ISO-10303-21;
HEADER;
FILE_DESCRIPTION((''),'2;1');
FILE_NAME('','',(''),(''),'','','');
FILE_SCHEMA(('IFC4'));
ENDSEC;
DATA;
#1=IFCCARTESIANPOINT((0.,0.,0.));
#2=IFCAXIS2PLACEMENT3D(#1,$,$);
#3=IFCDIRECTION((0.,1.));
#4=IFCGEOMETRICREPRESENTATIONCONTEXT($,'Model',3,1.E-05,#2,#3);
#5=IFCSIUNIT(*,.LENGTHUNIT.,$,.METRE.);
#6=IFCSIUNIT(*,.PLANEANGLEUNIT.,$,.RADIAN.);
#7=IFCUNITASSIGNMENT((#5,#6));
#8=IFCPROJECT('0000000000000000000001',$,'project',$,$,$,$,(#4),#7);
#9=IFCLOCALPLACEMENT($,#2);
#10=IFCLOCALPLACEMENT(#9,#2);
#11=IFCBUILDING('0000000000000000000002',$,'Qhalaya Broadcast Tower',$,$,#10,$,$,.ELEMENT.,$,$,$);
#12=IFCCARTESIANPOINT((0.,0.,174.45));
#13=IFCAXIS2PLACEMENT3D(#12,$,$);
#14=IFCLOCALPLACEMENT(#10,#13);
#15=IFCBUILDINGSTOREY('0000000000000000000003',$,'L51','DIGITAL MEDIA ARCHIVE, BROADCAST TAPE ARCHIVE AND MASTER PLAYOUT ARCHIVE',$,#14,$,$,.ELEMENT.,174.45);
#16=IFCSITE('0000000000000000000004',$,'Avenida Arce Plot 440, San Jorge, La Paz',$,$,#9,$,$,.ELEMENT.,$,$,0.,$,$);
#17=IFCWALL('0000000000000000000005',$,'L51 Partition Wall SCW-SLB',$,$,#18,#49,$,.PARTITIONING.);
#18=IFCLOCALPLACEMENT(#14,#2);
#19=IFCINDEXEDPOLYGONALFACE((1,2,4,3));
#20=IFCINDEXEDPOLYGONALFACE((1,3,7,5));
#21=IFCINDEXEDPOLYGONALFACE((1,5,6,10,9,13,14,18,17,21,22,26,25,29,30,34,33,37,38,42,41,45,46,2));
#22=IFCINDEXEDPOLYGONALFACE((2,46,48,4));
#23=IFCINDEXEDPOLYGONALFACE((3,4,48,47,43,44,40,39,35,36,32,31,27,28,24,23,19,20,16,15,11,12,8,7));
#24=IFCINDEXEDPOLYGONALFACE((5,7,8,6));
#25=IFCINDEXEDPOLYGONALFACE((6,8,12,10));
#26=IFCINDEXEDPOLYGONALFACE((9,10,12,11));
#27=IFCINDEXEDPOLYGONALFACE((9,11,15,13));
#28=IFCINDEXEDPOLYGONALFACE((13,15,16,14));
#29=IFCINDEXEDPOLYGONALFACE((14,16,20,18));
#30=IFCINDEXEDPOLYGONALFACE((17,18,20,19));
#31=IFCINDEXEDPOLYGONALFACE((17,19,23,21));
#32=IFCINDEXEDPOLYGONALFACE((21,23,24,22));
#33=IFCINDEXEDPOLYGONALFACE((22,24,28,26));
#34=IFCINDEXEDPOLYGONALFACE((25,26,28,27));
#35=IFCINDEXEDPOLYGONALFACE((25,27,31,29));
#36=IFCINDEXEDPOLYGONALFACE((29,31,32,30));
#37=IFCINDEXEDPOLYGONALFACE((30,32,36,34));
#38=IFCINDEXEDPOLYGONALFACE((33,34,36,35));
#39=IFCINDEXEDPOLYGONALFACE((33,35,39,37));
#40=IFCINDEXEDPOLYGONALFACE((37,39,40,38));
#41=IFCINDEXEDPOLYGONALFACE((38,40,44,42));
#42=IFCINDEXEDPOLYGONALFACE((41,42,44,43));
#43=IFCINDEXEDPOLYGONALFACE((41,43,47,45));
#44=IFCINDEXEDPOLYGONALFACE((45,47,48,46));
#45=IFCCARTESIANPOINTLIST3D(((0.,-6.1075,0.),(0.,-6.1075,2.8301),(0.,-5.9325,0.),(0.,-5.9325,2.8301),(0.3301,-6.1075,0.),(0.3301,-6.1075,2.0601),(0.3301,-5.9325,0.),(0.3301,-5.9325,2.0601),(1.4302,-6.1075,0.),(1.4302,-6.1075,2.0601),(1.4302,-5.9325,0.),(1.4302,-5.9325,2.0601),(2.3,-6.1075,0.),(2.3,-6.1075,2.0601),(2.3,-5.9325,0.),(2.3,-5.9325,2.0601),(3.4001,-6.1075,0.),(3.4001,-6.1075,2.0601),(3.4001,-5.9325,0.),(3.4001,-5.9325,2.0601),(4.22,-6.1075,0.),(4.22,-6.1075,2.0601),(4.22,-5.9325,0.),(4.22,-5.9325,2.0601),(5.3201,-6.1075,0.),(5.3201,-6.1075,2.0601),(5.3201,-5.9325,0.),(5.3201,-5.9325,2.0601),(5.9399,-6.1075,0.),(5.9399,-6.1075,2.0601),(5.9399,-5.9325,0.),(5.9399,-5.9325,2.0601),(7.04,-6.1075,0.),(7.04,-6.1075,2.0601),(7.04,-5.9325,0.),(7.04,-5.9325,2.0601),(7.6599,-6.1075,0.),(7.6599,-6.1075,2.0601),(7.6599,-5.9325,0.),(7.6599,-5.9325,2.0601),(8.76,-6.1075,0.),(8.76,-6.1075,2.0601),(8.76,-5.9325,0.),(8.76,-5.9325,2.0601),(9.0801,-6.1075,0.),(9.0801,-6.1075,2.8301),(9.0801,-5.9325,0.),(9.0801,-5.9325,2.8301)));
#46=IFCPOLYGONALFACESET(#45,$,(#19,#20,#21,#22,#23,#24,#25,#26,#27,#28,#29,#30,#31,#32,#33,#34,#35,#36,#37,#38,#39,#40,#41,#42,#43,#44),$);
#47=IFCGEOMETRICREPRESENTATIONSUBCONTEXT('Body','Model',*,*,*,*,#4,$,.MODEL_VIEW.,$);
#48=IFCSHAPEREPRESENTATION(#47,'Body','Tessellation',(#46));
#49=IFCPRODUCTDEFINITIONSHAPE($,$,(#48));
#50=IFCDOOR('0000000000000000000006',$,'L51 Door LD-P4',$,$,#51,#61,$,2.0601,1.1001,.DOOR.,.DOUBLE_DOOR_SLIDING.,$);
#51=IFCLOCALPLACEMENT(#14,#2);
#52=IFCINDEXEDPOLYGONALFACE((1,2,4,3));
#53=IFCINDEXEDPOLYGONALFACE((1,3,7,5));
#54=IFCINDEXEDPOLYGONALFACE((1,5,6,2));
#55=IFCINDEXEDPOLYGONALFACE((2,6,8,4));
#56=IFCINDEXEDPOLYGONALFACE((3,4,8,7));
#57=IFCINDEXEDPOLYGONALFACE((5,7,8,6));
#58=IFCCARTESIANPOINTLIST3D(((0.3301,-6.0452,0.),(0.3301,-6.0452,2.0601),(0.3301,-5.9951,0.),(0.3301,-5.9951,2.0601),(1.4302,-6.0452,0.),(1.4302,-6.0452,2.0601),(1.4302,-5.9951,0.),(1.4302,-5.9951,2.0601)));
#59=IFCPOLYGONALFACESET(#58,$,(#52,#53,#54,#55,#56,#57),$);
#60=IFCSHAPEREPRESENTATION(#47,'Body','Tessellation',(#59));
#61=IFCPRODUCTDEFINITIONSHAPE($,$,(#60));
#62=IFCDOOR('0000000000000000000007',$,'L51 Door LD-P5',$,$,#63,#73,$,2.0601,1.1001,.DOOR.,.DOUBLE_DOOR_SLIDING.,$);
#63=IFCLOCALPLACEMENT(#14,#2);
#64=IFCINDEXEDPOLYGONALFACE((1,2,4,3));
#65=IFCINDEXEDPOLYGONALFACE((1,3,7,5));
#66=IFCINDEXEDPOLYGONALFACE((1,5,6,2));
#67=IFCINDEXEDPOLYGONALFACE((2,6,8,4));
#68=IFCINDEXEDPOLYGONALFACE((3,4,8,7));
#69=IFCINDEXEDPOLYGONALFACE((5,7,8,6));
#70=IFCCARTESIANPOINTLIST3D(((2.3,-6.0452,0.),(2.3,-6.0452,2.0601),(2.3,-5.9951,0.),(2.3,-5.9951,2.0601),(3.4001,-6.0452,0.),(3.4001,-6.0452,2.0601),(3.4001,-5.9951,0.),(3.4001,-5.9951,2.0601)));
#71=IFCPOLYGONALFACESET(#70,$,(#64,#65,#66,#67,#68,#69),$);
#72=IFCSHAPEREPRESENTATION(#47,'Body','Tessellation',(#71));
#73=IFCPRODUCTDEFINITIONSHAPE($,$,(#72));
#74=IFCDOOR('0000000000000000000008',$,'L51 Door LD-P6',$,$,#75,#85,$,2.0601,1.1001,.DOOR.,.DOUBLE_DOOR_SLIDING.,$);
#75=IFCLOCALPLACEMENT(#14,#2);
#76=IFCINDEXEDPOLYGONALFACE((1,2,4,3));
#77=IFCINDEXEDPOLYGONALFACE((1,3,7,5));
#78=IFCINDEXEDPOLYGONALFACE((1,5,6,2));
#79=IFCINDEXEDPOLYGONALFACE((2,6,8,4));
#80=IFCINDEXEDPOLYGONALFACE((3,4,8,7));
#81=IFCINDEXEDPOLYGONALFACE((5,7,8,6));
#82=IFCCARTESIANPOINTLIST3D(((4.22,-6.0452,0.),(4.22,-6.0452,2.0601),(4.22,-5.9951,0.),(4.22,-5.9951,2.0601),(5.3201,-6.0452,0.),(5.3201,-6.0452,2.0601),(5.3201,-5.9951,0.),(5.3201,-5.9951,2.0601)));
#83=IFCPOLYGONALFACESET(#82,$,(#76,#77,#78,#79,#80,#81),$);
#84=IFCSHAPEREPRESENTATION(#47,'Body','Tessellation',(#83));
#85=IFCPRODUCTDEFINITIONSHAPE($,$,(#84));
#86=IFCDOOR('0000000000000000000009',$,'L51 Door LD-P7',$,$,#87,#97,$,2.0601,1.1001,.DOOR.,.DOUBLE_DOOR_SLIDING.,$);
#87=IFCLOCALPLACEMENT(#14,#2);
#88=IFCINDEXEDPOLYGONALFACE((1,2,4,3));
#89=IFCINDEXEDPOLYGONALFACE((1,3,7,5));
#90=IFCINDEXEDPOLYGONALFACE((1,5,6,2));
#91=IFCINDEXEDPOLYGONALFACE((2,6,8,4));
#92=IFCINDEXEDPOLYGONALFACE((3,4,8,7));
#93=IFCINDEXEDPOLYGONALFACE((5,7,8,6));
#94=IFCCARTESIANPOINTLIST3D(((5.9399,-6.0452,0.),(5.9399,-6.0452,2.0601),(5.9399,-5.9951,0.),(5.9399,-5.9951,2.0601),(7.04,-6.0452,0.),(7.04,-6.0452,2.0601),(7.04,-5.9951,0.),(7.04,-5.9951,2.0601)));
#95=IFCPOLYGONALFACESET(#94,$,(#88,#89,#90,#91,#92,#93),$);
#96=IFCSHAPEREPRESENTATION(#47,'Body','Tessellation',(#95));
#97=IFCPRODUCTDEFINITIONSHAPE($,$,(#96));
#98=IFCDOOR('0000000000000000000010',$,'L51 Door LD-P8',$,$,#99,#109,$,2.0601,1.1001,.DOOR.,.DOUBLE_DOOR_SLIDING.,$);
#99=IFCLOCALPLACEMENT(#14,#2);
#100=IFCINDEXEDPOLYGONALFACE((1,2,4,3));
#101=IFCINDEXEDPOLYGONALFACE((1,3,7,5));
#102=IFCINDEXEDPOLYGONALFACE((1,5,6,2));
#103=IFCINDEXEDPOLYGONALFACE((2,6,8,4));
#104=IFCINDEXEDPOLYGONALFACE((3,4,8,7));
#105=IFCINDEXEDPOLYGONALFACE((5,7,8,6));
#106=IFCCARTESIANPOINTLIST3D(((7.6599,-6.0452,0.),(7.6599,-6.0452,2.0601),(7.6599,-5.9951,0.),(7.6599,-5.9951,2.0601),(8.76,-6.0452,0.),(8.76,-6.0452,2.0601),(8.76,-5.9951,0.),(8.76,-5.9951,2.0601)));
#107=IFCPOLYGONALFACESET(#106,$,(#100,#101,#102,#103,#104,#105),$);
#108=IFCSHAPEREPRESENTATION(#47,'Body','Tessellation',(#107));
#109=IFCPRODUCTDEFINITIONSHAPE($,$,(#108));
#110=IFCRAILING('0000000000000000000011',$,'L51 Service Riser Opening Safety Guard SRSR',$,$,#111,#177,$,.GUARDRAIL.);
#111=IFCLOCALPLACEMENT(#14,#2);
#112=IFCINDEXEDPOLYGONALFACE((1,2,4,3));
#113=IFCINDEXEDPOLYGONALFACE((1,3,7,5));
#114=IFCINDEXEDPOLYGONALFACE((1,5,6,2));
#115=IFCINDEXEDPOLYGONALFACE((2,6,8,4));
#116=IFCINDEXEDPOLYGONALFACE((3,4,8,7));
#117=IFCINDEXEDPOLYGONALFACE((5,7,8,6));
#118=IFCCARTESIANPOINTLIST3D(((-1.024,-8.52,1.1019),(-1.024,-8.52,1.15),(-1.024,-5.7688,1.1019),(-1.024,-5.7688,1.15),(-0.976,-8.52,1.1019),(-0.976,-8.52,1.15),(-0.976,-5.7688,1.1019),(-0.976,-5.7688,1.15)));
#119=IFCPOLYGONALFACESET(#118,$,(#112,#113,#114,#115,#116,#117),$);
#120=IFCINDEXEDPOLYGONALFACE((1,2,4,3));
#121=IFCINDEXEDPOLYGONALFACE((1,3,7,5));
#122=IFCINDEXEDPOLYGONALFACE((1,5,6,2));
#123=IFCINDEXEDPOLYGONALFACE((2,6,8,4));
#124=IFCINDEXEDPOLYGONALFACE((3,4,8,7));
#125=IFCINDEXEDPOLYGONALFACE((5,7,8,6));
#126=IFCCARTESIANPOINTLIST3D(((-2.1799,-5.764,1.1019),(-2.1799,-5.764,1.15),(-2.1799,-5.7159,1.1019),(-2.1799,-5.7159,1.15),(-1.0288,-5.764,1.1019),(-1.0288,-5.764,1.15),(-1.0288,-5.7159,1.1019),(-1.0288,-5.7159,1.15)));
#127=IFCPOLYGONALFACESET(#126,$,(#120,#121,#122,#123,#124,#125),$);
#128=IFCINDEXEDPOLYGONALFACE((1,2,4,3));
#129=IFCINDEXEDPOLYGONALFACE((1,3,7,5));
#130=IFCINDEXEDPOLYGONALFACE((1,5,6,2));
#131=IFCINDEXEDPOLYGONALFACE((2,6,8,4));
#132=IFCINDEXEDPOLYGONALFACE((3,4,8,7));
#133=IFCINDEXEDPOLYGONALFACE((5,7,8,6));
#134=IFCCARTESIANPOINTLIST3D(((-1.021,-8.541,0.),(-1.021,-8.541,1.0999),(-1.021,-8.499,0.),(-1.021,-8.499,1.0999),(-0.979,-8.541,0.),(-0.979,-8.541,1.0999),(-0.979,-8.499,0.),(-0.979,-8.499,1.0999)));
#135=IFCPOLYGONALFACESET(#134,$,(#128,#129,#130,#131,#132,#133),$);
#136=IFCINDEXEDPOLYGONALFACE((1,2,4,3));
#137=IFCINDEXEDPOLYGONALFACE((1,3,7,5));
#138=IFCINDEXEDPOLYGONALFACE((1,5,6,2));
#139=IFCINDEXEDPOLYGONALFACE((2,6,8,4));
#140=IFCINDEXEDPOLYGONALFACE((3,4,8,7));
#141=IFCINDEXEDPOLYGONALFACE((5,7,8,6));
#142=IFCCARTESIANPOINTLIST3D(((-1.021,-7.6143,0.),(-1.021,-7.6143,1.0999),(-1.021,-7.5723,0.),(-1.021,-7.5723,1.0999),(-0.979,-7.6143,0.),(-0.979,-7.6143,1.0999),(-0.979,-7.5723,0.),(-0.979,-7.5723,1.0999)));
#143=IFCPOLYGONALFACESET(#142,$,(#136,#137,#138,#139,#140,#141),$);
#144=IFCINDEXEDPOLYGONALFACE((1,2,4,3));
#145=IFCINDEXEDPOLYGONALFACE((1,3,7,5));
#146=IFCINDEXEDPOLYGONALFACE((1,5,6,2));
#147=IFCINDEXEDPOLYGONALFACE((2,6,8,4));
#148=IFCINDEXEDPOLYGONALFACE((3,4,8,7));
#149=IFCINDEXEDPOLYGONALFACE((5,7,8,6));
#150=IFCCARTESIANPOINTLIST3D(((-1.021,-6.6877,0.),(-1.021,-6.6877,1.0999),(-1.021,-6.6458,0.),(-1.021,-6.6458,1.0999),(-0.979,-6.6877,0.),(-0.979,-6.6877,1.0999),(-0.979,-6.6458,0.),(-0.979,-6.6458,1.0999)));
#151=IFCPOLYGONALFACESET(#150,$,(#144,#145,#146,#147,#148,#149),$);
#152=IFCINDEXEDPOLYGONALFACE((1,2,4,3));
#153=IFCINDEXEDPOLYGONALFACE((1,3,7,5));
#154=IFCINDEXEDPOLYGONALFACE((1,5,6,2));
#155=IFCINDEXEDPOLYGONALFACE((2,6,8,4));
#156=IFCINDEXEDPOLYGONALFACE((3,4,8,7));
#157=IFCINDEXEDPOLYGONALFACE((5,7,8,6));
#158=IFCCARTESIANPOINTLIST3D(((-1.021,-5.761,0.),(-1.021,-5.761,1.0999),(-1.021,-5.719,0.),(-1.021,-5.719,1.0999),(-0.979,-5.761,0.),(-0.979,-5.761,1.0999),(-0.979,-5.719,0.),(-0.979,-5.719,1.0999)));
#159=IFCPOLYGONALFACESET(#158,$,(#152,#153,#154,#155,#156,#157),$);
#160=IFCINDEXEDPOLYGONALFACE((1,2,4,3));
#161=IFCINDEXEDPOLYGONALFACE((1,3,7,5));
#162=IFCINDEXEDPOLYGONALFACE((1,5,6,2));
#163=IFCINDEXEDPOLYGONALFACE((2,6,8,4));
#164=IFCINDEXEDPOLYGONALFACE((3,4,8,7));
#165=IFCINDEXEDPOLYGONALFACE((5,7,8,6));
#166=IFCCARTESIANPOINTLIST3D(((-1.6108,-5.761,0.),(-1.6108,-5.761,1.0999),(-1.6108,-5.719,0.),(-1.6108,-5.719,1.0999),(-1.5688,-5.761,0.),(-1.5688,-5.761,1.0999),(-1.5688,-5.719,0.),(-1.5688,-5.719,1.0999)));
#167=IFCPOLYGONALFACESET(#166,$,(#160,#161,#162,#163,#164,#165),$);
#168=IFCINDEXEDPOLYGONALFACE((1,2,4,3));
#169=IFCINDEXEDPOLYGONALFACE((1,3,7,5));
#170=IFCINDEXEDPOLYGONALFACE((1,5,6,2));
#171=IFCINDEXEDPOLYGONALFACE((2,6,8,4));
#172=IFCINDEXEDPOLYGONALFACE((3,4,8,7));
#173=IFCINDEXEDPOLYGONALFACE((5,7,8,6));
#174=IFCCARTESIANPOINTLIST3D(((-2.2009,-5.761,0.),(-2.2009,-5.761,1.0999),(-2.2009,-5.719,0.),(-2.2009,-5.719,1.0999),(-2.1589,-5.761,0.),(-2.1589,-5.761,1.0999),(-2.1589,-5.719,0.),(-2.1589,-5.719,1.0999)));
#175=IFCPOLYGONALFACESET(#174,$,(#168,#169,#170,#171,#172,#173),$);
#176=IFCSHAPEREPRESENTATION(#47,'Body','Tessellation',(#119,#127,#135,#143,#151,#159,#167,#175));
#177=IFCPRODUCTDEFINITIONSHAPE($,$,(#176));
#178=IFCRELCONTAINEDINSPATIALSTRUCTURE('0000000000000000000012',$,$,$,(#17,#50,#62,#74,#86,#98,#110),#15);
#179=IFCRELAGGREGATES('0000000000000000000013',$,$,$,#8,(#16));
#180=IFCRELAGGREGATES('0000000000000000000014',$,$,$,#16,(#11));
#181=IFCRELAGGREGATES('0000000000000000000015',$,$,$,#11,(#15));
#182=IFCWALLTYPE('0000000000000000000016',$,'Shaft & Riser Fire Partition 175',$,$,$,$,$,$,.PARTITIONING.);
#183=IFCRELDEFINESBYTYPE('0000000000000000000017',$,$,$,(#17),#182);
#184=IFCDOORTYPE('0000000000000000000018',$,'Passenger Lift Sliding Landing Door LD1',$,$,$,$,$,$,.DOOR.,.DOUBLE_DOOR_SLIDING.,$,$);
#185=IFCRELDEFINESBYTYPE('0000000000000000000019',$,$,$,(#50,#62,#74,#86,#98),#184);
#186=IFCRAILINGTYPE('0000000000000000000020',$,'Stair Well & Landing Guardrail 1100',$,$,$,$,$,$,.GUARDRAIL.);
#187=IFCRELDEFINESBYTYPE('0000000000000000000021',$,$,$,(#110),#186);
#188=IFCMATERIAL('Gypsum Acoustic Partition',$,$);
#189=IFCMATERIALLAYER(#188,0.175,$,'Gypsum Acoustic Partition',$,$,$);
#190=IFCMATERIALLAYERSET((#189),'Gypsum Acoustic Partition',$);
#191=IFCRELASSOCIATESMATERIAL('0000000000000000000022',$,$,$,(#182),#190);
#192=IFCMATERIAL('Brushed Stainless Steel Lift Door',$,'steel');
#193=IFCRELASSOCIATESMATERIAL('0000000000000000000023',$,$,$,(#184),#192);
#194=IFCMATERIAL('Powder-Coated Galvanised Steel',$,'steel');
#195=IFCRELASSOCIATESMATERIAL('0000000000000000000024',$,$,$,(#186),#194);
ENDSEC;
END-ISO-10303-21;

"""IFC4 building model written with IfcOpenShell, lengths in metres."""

from ifc_helpers import new_model, si_unit, direction, frame, frame_2d, origin, origin_2d, place, context, subcontext, project, spatial, rectangle, extrude, material, layer, layer_set, type_object, element, fill, save


model = new_model("IFC4")

# Units and contexts
model_context = context("Model", 3, precision=1e-05, world=origin(), true_north=direction((0.0, 1.0)))
body_context = subcontext(model_context, "Body", "Model", "MODEL_VIEW")
ifc_project = project(units=[si_unit("LENGTHUNIT", "METRE"), si_unit("PLANEANGLEUNIT", "RADIAN")], contexts=[model_context])

# Site, building, storey
site_placement = place(None, origin())
site = spatial("IfcSite", under=ifc_project, at=site_placement, Name="Avenida Arce Plot 440, San Jorge, La Paz", CompositionType="ELEMENT", RefElevation=0.0)
building_placement = place(site_placement, origin())
building = spatial("IfcBuilding", under=site, at=building_placement, Name="Qhalaya Broadcast Tower", CompositionType="ELEMENT")
storey_placement = place(building_placement, frame((0.0, 0.0, 174.45)))
storey = spatial("IfcBuildingStorey", under=building, at=storey_placement, Name="L51", Description="DIGITAL MEDIA ARCHIVE, BROADCAST TAPE ARCHIVE AND MASTER PLAYOUT ARCHIVE", CompositionType="ELEMENT", Elevation=174.45)

# Shared definitions
ifc_material_1 = material(Name="Gypsum Acoustic Partition")

# Shared definitions
ifc_layer_1 = layer(ifc_material_1, 0.175, Name="Gypsum Acoustic Partition")
ifc_layer_set_1 = layer_set([ifc_layer_1], Name="Gypsum Acoustic Partition")
wall_type_1 = type_object("IfcWallType", Name="Shaft & Riser Fire Partition 175", PredefinedType="PARTITIONING", material=ifc_layer_set_1)

# Wall, openings, doors
wall_1_placement = place(storey_placement, frame((0.0, -6.02, 0.0), z_axis=(0.0, 0.0, 1.0), x_axis=(1.0, 0.0, 0.0)))
wall_1 = element("IfcWall", 1, at=wall_1_placement, inside=storey, type_object=wall_type_1, Name="L51 Partition Wall SCW-SLB", PredefinedType="PARTITIONING", context=body_context, shape_type="SweptSolid", body=[
    extrude(rectangle(XDim=9.0801, YDim=0.175, at=frame_2d((4.54, 0.0))), origin(), (0.0, 0.0, 1.0), 2.8301),
])
opening_1_placement = place(wall_1_placement, frame((0.3301, 0.0, 0.0)))
opening_1 = element("IfcOpeningElement", 2, at=opening_1_placement, cuts=wall_1, PredefinedType="OPENING", context=body_context, shape_type="SweptSolid", body=[
    extrude(rectangle(XDim=1.1001, YDim=2.0601, at=frame_2d((0.55, 1.03))), frame((0.0, 0.0996, 0.0), z_axis=(0.0, -1.0, 0.0), x_axis=(1.0, 0.0, 0.0)), (0.0, 0.0, 1.0), 0.199),
])
opening_2_placement = place(wall_1_placement, frame((2.3, 0.0, 0.0)))
opening_2 = element("IfcOpeningElement", 3, at=opening_2_placement, cuts=wall_1, PredefinedType="OPENING", context=body_context, shape_type="SweptSolid", body=[
    extrude(rectangle(XDim=1.1001, YDim=2.0601, at=frame_2d((0.55, 1.03))), frame((0.0, 0.0996, 0.0), z_axis=(0.0, -1.0, 0.0), x_axis=(1.0, 0.0, 0.0)), (0.0, 0.0, 1.0), 0.199),
])
opening_3_placement = place(wall_1_placement, frame((4.22, 0.0, 0.0)))
opening_3 = element("IfcOpeningElement", 4, at=opening_3_placement, cuts=wall_1, PredefinedType="OPENING", context=body_context, shape_type="SweptSolid", body=[
    extrude(rectangle(XDim=1.1001, YDim=2.0601, at=frame_2d((0.55, 1.03))), frame((0.0, 0.0996, 0.0), z_axis=(0.0, -1.0, 0.0), x_axis=(1.0, 0.0, 0.0)), (0.0, 0.0, 1.0), 0.199),
])
opening_4_placement = place(wall_1_placement, frame((5.9399, 0.0, 0.0)))
opening_4 = element("IfcOpeningElement", 5, at=opening_4_placement, cuts=wall_1, PredefinedType="OPENING", context=body_context, shape_type="SweptSolid", body=[
    extrude(rectangle(XDim=1.1001, YDim=2.0601, at=frame_2d((0.55, 1.03))), frame((0.0, 0.0996, 0.0), z_axis=(0.0, -1.0, 0.0), x_axis=(1.0, 0.0, 0.0)), (0.0, 0.0, 1.0), 0.199),
])
opening_5_placement = place(wall_1_placement, frame((7.6599, 0.0, 0.0)))
opening_5 = element("IfcOpeningElement", 6, at=opening_5_placement, cuts=wall_1, PredefinedType="OPENING", context=body_context, shape_type="SweptSolid", body=[
    extrude(rectangle(XDim=1.1001, YDim=2.0601, at=frame_2d((0.55, 1.03))), frame((0.0, 0.0996, 0.0), z_axis=(0.0, -1.0, 0.0), x_axis=(1.0, 0.0, 0.0)), (0.0, 0.0, 1.0), 0.199),
])
ifc_material_2 = material(Name="Brushed Stainless Steel Lift Door", Category="steel")
door_type_1 = type_object("IfcDoorType", Name="Passenger Lift Sliding Landing Door LD1", OperationType="DOUBLE_DOOR_SLIDING", PredefinedType="DOOR", material=ifc_material_2)
door_1_placement = place(opening_1_placement, origin())
door_1 = element("IfcDoor", 7, at=door_1_placement, inside=storey, type_object=door_type_1, Name="L51 Door LD-P4", OperationType="DOUBLE_DOOR_SLIDING", OverallHeight=2.0601, OverallWidth=1.1001, PredefinedType="DOOR", context=body_context, shape_type="SweptSolid", body=[
    extrude(rectangle(XDim=1.1001, YDim=2.0601, at=frame_2d((0.55, 1.03))), frame((0.0, 0.0249, 0.0), z_axis=(0.0, -1.0, 0.0), x_axis=(1.0, 0.0, 0.0)), (0.0, 0.0, 1.0), 0.05),
])
fill(opening_1, door_1)
door_2_placement = place(opening_2_placement, origin())
door_2 = element("IfcDoor", 8, at=door_2_placement, inside=storey, type_object=door_type_1, Name="L51 Door LD-P5", OperationType="DOUBLE_DOOR_SLIDING", OverallHeight=2.0601, OverallWidth=1.1001, PredefinedType="DOOR", context=body_context, shape_type="SweptSolid", body=[
    extrude(rectangle(XDim=1.1001, YDim=2.0601, at=frame_2d((0.55, 1.03))), frame((0.0, 0.0249, 0.0), z_axis=(0.0, -1.0, 0.0), x_axis=(1.0, 0.0, 0.0)), (0.0, 0.0, 1.0), 0.05),
])
fill(opening_2, door_2)
door_3_placement = place(opening_3_placement, origin())
door_3 = element("IfcDoor", 9, at=door_3_placement, inside=storey, type_object=door_type_1, Name="L51 Door LD-P6", OperationType="DOUBLE_DOOR_SLIDING", OverallHeight=2.0601, OverallWidth=1.1001, PredefinedType="DOOR", context=body_context, shape_type="SweptSolid", body=[
    extrude(rectangle(XDim=1.1001, YDim=2.0601, at=frame_2d((0.55, 1.03))), frame((0.0, 0.0249, 0.0), z_axis=(0.0, -1.0, 0.0), x_axis=(1.0, 0.0, 0.0)), (0.0, 0.0, 1.0), 0.05),
])
fill(opening_3, door_3)
door_4_placement = place(opening_4_placement, origin())
door_4 = element("IfcDoor", 10, at=door_4_placement, inside=storey, type_object=door_type_1, Name="L51 Door LD-P7", OperationType="DOUBLE_DOOR_SLIDING", OverallHeight=2.0601, OverallWidth=1.1001, PredefinedType="DOOR", context=body_context, shape_type="SweptSolid", body=[
    extrude(rectangle(XDim=1.1001, YDim=2.0601, at=frame_2d((0.55, 1.03))), frame((0.0, 0.0249, 0.0), z_axis=(0.0, -1.0, 0.0), x_axis=(1.0, 0.0, 0.0)), (0.0, 0.0, 1.0), 0.05),
])
fill(opening_4, door_4)
door_5_placement = place(opening_5_placement, origin())
door_5 = element("IfcDoor", 11, at=door_5_placement, inside=storey, type_object=door_type_1, Name="L51 Door LD-P8", OperationType="DOUBLE_DOOR_SLIDING", OverallHeight=2.0601, OverallWidth=1.1001, PredefinedType="DOOR", context=body_context, shape_type="SweptSolid", body=[
    extrude(rectangle(XDim=1.1001, YDim=2.0601, at=frame_2d((0.55, 1.03))), frame((0.0, 0.0249, 0.0), z_axis=(0.0, -1.0, 0.0), x_axis=(1.0, 0.0, 0.0)), (0.0, 0.0, 1.0), 0.05),
])
fill(opening_5, door_5)

# Railing
ifc_material_3 = material(Name="Powder-Coated Galvanised Steel", Category="steel")
railing_type = type_object("IfcRailingType", Name="Stair Well & Landing Guardrail 1100", PredefinedType="GUARDRAIL", material=ifc_material_3)
railing_placement = place(storey_placement, frame((-1.0, -8.52, 0.0)))
element("IfcRailing", 12, at=railing_placement, inside=storey, type_object=railing_type, Name="L51 Service Riser Opening Safety Guard SRSR", PredefinedType="GUARDRAIL", context=body_context, shape_type="SweptSolid", body=[
    extrude(rectangle(XDim=0.0481, YDim=0.0481, at=origin_2d()), frame((0.0, 0.0, 1.126), z_axis=(0.0, 1.0, 0.0), x_axis=(-1.0, 0.0, 0.0)), (0.0, 0.0, 1.0), 2.7512),
    extrude(rectangle(XDim=0.0481, YDim=0.0481, at=origin_2d()), frame((-0.0288, 2.78, 1.126), z_axis=(-1.0, 0.0, 0.0), x_axis=(0.0, -1.0, 0.0)), (0.0, 0.0, 1.0), 1.1511),
    extrude(rectangle(XDim=0.042, YDim=0.042, at=origin_2d()), origin(), (0.0, 0.0, 1.0), 1.0999),
    extrude(rectangle(XDim=0.042, YDim=0.042, at=origin_2d()), frame((0.0, 0.9268, 0.0)), (0.0, 0.0, 1.0), 1.0999),
    extrude(rectangle(XDim=0.042, YDim=0.042, at=origin_2d()), frame((0.0, 1.8533, 0.0)), (0.0, 0.0, 1.0), 1.0999),
    extrude(rectangle(XDim=0.042, YDim=0.042, at=origin_2d()), frame((0.0, 2.78, 0.0)), (0.0, 0.0, 1.0), 1.0999),
    extrude(rectangle(XDim=0.042, YDim=0.042, at=origin_2d()), frame((-0.5898, 2.78, 0.0)), (0.0, 0.0, 1.0), 1.0999),
    extrude(rectangle(XDim=0.042, YDim=0.042, at=origin_2d()), frame((-1.1799, 2.78, 0.0)), (0.0, 0.0, 1.0), 1.0999),
])

save(model, "model.ifc")
